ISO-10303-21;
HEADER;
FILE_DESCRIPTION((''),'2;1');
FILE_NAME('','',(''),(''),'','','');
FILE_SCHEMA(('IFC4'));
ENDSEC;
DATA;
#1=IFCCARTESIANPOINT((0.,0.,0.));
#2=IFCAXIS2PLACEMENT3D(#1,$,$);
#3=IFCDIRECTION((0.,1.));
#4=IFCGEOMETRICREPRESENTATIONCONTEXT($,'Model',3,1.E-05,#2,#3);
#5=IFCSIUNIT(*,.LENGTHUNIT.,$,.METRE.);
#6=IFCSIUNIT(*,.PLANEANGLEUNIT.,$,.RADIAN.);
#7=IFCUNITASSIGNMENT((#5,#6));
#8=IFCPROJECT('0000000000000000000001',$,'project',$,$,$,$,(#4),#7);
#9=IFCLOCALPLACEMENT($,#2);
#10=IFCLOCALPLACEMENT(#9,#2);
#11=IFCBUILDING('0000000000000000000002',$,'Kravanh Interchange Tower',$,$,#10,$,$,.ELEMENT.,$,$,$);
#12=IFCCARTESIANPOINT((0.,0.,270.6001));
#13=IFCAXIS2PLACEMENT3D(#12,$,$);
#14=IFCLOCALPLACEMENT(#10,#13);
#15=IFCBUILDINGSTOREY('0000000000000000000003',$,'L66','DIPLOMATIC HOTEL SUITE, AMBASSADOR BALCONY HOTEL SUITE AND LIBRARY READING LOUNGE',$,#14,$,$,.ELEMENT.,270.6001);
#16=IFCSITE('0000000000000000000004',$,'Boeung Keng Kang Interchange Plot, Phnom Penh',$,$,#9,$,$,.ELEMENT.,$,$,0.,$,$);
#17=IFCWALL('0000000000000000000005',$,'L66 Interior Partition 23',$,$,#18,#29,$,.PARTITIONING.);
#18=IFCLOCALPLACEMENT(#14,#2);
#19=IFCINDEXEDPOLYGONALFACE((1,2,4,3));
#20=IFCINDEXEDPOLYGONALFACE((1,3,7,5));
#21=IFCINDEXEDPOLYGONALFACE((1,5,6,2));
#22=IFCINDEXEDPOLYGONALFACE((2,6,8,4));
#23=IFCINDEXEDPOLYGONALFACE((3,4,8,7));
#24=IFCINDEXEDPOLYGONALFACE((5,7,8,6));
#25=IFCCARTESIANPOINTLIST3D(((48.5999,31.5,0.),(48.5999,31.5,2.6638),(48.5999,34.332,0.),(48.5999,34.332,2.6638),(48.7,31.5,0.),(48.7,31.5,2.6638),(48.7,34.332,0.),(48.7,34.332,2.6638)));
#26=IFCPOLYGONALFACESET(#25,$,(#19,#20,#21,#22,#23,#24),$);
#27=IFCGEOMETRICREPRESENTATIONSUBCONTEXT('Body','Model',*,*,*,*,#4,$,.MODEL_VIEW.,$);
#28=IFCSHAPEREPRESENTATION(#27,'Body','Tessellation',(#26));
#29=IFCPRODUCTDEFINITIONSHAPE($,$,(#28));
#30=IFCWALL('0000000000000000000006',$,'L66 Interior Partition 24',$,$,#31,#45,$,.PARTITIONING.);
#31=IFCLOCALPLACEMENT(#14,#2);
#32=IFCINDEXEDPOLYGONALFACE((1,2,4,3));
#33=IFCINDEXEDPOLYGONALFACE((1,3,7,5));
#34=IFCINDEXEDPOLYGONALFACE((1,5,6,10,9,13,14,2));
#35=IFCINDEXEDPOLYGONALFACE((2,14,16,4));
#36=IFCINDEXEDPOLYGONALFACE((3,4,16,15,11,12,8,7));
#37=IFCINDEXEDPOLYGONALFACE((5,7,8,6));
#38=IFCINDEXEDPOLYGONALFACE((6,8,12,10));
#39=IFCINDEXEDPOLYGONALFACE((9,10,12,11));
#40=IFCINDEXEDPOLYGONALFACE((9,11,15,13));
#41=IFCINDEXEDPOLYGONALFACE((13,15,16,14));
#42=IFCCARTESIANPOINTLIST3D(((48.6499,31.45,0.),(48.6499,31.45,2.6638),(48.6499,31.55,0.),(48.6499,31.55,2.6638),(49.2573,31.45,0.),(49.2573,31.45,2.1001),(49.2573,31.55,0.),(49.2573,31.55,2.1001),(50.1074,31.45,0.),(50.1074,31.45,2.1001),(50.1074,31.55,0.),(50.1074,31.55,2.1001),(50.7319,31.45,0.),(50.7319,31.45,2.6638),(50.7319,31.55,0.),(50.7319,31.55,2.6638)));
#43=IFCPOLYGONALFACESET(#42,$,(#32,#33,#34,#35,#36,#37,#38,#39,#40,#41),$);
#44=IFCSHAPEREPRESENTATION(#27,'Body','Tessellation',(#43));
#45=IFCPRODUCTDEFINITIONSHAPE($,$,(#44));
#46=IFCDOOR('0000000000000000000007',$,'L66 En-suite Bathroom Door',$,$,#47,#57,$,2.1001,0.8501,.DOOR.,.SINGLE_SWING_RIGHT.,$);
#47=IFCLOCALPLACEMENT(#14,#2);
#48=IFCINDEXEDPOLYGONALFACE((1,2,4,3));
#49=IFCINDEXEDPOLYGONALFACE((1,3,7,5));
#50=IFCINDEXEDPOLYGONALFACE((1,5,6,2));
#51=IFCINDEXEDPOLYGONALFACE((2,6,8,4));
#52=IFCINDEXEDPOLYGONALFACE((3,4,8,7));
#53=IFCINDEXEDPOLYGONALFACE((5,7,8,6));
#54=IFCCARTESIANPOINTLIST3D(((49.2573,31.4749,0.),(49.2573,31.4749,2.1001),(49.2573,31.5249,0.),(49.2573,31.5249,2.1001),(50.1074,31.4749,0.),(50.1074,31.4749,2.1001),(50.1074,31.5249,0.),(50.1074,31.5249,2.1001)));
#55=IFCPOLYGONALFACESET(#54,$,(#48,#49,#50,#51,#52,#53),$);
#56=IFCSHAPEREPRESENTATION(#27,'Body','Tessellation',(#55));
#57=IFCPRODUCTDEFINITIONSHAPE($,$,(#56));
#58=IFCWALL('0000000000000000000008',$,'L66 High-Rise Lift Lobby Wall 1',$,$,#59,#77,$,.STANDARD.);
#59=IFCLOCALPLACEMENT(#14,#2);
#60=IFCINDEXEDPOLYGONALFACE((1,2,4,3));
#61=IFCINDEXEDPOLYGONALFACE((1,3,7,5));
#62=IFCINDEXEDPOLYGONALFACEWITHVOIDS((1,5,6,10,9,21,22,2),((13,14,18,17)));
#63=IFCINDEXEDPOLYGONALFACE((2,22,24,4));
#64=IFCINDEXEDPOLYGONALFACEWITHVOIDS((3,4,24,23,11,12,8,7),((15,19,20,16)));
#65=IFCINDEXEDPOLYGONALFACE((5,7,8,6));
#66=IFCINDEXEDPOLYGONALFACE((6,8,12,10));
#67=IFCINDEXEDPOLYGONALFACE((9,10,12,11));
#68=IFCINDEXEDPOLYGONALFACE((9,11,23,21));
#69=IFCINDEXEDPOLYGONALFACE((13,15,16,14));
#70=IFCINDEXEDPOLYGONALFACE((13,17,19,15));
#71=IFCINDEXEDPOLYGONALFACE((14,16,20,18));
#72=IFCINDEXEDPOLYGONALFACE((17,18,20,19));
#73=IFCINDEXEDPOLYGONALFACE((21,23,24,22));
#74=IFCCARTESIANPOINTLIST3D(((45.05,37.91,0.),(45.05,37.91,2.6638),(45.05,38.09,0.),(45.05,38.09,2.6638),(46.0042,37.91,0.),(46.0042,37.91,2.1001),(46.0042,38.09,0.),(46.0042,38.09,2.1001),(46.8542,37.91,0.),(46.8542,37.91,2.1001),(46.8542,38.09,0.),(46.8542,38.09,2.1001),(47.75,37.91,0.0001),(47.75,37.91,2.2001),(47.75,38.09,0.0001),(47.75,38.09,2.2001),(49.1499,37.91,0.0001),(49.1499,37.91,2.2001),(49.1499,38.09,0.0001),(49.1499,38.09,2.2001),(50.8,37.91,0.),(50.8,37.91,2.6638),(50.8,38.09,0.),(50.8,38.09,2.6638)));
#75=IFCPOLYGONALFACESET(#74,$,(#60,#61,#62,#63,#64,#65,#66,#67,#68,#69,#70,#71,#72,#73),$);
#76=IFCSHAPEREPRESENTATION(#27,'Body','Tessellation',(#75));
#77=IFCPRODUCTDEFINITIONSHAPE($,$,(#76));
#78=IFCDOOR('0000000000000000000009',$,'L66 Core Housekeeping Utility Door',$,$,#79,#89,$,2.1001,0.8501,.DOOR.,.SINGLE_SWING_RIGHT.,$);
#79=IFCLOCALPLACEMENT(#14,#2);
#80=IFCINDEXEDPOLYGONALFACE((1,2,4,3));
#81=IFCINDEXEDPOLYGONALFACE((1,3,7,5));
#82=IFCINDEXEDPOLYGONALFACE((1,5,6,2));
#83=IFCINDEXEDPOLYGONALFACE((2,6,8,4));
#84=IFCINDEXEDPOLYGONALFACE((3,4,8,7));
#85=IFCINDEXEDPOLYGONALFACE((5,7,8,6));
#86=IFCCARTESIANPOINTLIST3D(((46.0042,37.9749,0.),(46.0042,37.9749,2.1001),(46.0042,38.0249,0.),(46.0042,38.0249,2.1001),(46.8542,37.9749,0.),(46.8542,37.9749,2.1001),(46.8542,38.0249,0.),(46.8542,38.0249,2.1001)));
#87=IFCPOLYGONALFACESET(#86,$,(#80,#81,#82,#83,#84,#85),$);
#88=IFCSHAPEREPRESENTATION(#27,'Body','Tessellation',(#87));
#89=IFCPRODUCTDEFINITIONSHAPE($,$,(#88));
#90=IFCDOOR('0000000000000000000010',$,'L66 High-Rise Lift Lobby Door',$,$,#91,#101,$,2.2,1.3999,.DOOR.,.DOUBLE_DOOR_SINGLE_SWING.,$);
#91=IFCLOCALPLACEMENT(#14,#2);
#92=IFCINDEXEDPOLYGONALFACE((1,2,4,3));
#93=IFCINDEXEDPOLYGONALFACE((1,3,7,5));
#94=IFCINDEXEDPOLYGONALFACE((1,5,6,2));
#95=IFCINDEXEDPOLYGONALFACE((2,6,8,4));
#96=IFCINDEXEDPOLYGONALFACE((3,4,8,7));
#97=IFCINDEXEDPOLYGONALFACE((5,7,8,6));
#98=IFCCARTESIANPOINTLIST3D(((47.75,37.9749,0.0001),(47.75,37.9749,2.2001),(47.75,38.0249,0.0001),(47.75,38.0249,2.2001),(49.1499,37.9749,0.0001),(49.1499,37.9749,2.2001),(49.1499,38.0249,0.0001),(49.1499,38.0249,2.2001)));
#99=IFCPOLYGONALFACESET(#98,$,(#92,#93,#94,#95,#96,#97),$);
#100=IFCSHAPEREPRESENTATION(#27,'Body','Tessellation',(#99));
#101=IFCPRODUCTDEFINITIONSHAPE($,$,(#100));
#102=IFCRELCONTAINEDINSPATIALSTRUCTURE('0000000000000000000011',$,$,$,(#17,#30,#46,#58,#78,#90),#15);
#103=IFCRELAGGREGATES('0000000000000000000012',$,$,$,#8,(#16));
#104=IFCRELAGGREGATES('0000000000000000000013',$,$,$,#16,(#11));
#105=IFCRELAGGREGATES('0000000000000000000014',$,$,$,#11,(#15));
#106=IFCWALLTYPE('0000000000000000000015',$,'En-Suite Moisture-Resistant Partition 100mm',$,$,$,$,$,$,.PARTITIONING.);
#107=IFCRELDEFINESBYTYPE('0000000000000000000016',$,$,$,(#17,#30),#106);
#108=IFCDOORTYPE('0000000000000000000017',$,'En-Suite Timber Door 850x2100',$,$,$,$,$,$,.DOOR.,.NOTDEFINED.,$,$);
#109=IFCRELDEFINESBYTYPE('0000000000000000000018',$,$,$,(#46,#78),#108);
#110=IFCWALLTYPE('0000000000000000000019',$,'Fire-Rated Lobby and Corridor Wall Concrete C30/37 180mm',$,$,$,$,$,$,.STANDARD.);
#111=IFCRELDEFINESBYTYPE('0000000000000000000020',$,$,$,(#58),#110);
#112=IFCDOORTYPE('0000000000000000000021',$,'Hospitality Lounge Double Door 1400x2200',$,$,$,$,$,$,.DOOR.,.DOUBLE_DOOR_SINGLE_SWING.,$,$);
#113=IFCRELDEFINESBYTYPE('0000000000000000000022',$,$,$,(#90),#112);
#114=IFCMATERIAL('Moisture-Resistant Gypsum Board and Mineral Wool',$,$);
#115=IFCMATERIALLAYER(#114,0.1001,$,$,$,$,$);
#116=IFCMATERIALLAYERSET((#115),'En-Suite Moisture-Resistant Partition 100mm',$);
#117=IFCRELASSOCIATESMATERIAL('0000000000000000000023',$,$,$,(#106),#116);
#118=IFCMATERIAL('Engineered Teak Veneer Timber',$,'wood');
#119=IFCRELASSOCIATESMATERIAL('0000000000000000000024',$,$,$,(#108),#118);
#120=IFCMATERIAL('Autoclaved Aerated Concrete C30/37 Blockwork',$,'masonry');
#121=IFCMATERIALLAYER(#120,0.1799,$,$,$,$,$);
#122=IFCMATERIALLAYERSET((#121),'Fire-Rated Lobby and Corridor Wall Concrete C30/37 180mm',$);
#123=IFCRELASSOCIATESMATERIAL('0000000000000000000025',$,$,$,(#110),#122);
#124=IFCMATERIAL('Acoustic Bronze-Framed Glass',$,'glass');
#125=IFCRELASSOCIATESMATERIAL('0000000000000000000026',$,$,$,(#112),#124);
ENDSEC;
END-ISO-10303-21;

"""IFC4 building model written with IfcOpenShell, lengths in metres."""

from ifc_helpers import new_model, si_unit, direction, frame, frame_2d, origin, place, context, subcontext, project, spatial, rectangle, extrude, material, layer, layer_set, type_object, element, fill, save


model = new_model("IFC4")

# Units and contexts
model_context = context("Model", 3, precision=1e-05, world=origin(), true_north=direction((0.0, 1.0)))
body_context = subcontext(model_context, "Body", "Model", "MODEL_VIEW")
ifc_project = project(units=[si_unit("LENGTHUNIT", "METRE"), si_unit("PLANEANGLEUNIT", "RADIAN")], contexts=[model_context])

# Site, building, storey
site_placement = place(None, origin())
site = spatial("IfcSite", under=ifc_project, at=site_placement, Name="Boeung Keng Kang Interchange Plot, Phnom Penh", CompositionType="ELEMENT", RefElevation=0.0)
building_placement = place(site_placement, origin())
building = spatial("IfcBuilding", under=site, at=building_placement, Name="Kravanh Interchange Tower", CompositionType="ELEMENT")
storey_placement = place(building_placement, frame((0.0, 0.0, 270.6001)))
storey = spatial("IfcBuildingStorey", under=building, at=storey_placement, Name="L66", Description="DIPLOMATIC HOTEL SUITE, AMBASSADOR BALCONY HOTEL SUITE AND LIBRARY READING LOUNGE", CompositionType="ELEMENT", Elevation=270.6001)

# Wall
ifc_material_1 = material(Name="Moisture-Resistant Gypsum Board and Mineral Wool")
ifc_layer_1 = layer(ifc_material_1, 0.1001)
ifc_layer_set_1 = layer_set([ifc_layer_1], Name="En-Suite Moisture-Resistant Partition 100mm")
wall_type_1 = type_object("IfcWallType", Name="En-Suite Moisture-Resistant Partition 100mm", PredefinedType="PARTITIONING", material=ifc_layer_set_1)
wall_1_placement = place(storey_placement, frame((48.6499, 31.5, 0.0), z_axis=(0.0, 0.0, 1.0), x_axis=(0.0, 1.0, 0.0)))
element("IfcWall", 1, at=wall_1_placement, inside=storey, type_object=wall_type_1, Name="L66 Interior Partition 23", PredefinedType="PARTITIONING", context=body_context, shape_type="SweptSolid", body=[
    extrude(rectangle(XDim=2.832, YDim=0.1001, at=frame_2d((1.416, 0.0))), origin(), (0.0, 0.0, 1.0), 2.6638),
])

# Wall, opening, door
wall_2_placement = place(storey_placement, frame((48.6499, 31.5, 0.0), z_axis=(0.0, 0.0, 1.0), x_axis=(1.0, 0.0, 0.0)))
wall_2 = element("IfcWall", 2, at=wall_2_placement, inside=storey, type_object=wall_type_1, Name="L66 Interior Partition 24", PredefinedType="PARTITIONING", context=body_context, shape_type="SweptSolid", body=[
    extrude(rectangle(XDim=2.082, YDim=0.1001, at=frame_2d((1.041, 0.0))), origin(), (0.0, 0.0, 1.0), 2.6638),
])
opening_1_placement = place(wall_2_placement, frame((0.6074, 0.0, 0.0)))
opening_1 = element("IfcOpeningElement", 3, at=opening_1_placement, cuts=wall_2, PredefinedType="OPENING", context=body_context, shape_type="SweptSolid", body=[
    extrude(rectangle(XDim=0.8501, YDim=2.1001, at=frame_2d((0.425, 1.05))), frame((0.0, 0.0601, 0.0), z_axis=(0.0, -1.0, 0.0), x_axis=(1.0, 0.0, 0.0)), (0.0, 0.0, 1.0), 0.1201),
])
ifc_material_2 = material(Name="Engineered Teak Veneer Timber", Category="wood")
door_type_1 = type_object("IfcDoorType", Name="En-Suite Timber Door 850x2100", OperationType="NOTDEFINED", PredefinedType="DOOR", material=ifc_material_2)
door_1_placement = place(opening_1_placement, origin())
door_1 = element("IfcDoor", 4, at=door_1_placement, inside=storey, type_object=door_type_1, Name="L66 En-suite Bathroom Door", OperationType="SINGLE_SWING_RIGHT", OverallHeight=2.1001, OverallWidth=0.8501, PredefinedType="DOOR", context=body_context, shape_type="SweptSolid", body=[
    extrude(rectangle(XDim=0.8501, YDim=2.1001, at=frame_2d((0.425, 1.05))), frame((0.0, 0.0249, 0.0), z_axis=(0.0, -1.0, 0.0), x_axis=(1.0, 0.0, 0.0)), (0.0, 0.0, 1.0), 0.05),
])
fill(opening_1, door_1)

# Wall, openings, doors
ifc_material_3 = material(Name="Autoclaved Aerated Concrete C30/37 Blockwork", Category="masonry")
ifc_layer_2 = layer(ifc_material_3, 0.1799)
ifc_layer_set_2 = layer_set([ifc_layer_2], Name="Fire-Rated Lobby and Corridor Wall Concrete C30/37 180mm")
wall_type_2 = type_object("IfcWallType", Name="Fire-Rated Lobby and Corridor Wall Concrete C30/37 180mm", PredefinedType="STANDARD", material=ifc_layer_set_2)
wall_3_placement = place(storey_placement, frame((45.05, 38.0, 0.0), z_axis=(0.0, 0.0, 1.0), x_axis=(1.0, 0.0, 0.0)))
wall_3 = element("IfcWall", 5, at=wall_3_placement, inside=storey, type_object=wall_type_2, Name="L66 High-Rise Lift Lobby Wall 1", PredefinedType="STANDARD", context=body_context, shape_type="SweptSolid", body=[
    extrude(rectangle(XDim=5.75, YDim=0.1799, at=frame_2d((2.875, 0.0))), origin(), (0.0, 0.0, 1.0), 2.6638),
])
opening_2_placement = place(wall_3_placement, frame((0.9541, 0.0, 0.0)))
opening_2 = element("IfcOpeningElement", 6, at=opening_2_placement, cuts=wall_3, PredefinedType="OPENING", context=body_context, shape_type="SweptSolid", body=[
    extrude(rectangle(XDim=0.8501, YDim=2.1001, at=frame_2d((0.425, 1.05))), frame((0.0, 0.1001, 0.0), z_axis=(0.0, -1.0, 0.0), x_axis=(1.0, 0.0, 0.0)), (0.0, 0.0, 1.0), 0.2),
])
opening_3_placement = place(wall_3_placement, frame((2.7, 0.0, 0.0)))
opening_3 = element("IfcOpeningElement", 7, at=opening_3_placement, cuts=wall_3, PredefinedType="OPENING", context=body_context, shape_type="SweptSolid", body=[
    extrude(rectangle(XDim=1.3999, YDim=2.2, at=frame_2d((0.7, 1.1001))), frame((0.0, 0.1001, 0.0), z_axis=(0.0, -1.0, 0.0), x_axis=(1.0, 0.0, 0.0)), (0.0, 0.0, 1.0), 0.2),
])
door_2_placement = place(opening_2_placement, origin())
door_2 = element("IfcDoor", 8, at=door_2_placement, inside=storey, type_object=door_type_1, Name="L66 Core Housekeeping Utility Door", OperationType="SINGLE_SWING_RIGHT", OverallHeight=2.1001, OverallWidth=0.8501, PredefinedType="DOOR", context=body_context, shape_type="SweptSolid", body=[
    extrude(rectangle(XDim=0.8501, YDim=2.1001, at=frame_2d((0.425, 1.05))), frame((0.0, 0.0249, 0.0), z_axis=(0.0, -1.0, 0.0), x_axis=(1.0, 0.0, 0.0)), (0.0, 0.0, 1.0), 0.05),
])
fill(opening_2, door_2)
ifc_material_4 = material(Name="Acoustic Bronze-Framed Glass", Category="glass")
door_type_2 = type_object("IfcDoorType", Name="Hospitality Lounge Double Door 1400x2200", OperationType="DOUBLE_DOOR_SINGLE_SWING", PredefinedType="DOOR", material=ifc_material_4)
door_3_placement = place(opening_3_placement, origin())
door_3 = element("IfcDoor", 9, at=door_3_placement, inside=storey, type_object=door_type_2, Name="L66 High-Rise Lift Lobby Door", OperationType="DOUBLE_DOOR_SINGLE_SWING", OverallHeight=2.2, OverallWidth=1.3999, PredefinedType="DOOR", context=body_context, shape_type="SweptSolid", body=[
    extrude(rectangle(XDim=1.3999, YDim=2.2, at=frame_2d((0.7, 1.1001))), frame((0.0, 0.0249, 0.0), z_axis=(0.0, -1.0, 0.0), x_axis=(1.0, 0.0, 0.0)), (0.0, 0.0, 1.0), 0.05),
])
fill(opening_3, door_3)

save(model, "model.ifc")
